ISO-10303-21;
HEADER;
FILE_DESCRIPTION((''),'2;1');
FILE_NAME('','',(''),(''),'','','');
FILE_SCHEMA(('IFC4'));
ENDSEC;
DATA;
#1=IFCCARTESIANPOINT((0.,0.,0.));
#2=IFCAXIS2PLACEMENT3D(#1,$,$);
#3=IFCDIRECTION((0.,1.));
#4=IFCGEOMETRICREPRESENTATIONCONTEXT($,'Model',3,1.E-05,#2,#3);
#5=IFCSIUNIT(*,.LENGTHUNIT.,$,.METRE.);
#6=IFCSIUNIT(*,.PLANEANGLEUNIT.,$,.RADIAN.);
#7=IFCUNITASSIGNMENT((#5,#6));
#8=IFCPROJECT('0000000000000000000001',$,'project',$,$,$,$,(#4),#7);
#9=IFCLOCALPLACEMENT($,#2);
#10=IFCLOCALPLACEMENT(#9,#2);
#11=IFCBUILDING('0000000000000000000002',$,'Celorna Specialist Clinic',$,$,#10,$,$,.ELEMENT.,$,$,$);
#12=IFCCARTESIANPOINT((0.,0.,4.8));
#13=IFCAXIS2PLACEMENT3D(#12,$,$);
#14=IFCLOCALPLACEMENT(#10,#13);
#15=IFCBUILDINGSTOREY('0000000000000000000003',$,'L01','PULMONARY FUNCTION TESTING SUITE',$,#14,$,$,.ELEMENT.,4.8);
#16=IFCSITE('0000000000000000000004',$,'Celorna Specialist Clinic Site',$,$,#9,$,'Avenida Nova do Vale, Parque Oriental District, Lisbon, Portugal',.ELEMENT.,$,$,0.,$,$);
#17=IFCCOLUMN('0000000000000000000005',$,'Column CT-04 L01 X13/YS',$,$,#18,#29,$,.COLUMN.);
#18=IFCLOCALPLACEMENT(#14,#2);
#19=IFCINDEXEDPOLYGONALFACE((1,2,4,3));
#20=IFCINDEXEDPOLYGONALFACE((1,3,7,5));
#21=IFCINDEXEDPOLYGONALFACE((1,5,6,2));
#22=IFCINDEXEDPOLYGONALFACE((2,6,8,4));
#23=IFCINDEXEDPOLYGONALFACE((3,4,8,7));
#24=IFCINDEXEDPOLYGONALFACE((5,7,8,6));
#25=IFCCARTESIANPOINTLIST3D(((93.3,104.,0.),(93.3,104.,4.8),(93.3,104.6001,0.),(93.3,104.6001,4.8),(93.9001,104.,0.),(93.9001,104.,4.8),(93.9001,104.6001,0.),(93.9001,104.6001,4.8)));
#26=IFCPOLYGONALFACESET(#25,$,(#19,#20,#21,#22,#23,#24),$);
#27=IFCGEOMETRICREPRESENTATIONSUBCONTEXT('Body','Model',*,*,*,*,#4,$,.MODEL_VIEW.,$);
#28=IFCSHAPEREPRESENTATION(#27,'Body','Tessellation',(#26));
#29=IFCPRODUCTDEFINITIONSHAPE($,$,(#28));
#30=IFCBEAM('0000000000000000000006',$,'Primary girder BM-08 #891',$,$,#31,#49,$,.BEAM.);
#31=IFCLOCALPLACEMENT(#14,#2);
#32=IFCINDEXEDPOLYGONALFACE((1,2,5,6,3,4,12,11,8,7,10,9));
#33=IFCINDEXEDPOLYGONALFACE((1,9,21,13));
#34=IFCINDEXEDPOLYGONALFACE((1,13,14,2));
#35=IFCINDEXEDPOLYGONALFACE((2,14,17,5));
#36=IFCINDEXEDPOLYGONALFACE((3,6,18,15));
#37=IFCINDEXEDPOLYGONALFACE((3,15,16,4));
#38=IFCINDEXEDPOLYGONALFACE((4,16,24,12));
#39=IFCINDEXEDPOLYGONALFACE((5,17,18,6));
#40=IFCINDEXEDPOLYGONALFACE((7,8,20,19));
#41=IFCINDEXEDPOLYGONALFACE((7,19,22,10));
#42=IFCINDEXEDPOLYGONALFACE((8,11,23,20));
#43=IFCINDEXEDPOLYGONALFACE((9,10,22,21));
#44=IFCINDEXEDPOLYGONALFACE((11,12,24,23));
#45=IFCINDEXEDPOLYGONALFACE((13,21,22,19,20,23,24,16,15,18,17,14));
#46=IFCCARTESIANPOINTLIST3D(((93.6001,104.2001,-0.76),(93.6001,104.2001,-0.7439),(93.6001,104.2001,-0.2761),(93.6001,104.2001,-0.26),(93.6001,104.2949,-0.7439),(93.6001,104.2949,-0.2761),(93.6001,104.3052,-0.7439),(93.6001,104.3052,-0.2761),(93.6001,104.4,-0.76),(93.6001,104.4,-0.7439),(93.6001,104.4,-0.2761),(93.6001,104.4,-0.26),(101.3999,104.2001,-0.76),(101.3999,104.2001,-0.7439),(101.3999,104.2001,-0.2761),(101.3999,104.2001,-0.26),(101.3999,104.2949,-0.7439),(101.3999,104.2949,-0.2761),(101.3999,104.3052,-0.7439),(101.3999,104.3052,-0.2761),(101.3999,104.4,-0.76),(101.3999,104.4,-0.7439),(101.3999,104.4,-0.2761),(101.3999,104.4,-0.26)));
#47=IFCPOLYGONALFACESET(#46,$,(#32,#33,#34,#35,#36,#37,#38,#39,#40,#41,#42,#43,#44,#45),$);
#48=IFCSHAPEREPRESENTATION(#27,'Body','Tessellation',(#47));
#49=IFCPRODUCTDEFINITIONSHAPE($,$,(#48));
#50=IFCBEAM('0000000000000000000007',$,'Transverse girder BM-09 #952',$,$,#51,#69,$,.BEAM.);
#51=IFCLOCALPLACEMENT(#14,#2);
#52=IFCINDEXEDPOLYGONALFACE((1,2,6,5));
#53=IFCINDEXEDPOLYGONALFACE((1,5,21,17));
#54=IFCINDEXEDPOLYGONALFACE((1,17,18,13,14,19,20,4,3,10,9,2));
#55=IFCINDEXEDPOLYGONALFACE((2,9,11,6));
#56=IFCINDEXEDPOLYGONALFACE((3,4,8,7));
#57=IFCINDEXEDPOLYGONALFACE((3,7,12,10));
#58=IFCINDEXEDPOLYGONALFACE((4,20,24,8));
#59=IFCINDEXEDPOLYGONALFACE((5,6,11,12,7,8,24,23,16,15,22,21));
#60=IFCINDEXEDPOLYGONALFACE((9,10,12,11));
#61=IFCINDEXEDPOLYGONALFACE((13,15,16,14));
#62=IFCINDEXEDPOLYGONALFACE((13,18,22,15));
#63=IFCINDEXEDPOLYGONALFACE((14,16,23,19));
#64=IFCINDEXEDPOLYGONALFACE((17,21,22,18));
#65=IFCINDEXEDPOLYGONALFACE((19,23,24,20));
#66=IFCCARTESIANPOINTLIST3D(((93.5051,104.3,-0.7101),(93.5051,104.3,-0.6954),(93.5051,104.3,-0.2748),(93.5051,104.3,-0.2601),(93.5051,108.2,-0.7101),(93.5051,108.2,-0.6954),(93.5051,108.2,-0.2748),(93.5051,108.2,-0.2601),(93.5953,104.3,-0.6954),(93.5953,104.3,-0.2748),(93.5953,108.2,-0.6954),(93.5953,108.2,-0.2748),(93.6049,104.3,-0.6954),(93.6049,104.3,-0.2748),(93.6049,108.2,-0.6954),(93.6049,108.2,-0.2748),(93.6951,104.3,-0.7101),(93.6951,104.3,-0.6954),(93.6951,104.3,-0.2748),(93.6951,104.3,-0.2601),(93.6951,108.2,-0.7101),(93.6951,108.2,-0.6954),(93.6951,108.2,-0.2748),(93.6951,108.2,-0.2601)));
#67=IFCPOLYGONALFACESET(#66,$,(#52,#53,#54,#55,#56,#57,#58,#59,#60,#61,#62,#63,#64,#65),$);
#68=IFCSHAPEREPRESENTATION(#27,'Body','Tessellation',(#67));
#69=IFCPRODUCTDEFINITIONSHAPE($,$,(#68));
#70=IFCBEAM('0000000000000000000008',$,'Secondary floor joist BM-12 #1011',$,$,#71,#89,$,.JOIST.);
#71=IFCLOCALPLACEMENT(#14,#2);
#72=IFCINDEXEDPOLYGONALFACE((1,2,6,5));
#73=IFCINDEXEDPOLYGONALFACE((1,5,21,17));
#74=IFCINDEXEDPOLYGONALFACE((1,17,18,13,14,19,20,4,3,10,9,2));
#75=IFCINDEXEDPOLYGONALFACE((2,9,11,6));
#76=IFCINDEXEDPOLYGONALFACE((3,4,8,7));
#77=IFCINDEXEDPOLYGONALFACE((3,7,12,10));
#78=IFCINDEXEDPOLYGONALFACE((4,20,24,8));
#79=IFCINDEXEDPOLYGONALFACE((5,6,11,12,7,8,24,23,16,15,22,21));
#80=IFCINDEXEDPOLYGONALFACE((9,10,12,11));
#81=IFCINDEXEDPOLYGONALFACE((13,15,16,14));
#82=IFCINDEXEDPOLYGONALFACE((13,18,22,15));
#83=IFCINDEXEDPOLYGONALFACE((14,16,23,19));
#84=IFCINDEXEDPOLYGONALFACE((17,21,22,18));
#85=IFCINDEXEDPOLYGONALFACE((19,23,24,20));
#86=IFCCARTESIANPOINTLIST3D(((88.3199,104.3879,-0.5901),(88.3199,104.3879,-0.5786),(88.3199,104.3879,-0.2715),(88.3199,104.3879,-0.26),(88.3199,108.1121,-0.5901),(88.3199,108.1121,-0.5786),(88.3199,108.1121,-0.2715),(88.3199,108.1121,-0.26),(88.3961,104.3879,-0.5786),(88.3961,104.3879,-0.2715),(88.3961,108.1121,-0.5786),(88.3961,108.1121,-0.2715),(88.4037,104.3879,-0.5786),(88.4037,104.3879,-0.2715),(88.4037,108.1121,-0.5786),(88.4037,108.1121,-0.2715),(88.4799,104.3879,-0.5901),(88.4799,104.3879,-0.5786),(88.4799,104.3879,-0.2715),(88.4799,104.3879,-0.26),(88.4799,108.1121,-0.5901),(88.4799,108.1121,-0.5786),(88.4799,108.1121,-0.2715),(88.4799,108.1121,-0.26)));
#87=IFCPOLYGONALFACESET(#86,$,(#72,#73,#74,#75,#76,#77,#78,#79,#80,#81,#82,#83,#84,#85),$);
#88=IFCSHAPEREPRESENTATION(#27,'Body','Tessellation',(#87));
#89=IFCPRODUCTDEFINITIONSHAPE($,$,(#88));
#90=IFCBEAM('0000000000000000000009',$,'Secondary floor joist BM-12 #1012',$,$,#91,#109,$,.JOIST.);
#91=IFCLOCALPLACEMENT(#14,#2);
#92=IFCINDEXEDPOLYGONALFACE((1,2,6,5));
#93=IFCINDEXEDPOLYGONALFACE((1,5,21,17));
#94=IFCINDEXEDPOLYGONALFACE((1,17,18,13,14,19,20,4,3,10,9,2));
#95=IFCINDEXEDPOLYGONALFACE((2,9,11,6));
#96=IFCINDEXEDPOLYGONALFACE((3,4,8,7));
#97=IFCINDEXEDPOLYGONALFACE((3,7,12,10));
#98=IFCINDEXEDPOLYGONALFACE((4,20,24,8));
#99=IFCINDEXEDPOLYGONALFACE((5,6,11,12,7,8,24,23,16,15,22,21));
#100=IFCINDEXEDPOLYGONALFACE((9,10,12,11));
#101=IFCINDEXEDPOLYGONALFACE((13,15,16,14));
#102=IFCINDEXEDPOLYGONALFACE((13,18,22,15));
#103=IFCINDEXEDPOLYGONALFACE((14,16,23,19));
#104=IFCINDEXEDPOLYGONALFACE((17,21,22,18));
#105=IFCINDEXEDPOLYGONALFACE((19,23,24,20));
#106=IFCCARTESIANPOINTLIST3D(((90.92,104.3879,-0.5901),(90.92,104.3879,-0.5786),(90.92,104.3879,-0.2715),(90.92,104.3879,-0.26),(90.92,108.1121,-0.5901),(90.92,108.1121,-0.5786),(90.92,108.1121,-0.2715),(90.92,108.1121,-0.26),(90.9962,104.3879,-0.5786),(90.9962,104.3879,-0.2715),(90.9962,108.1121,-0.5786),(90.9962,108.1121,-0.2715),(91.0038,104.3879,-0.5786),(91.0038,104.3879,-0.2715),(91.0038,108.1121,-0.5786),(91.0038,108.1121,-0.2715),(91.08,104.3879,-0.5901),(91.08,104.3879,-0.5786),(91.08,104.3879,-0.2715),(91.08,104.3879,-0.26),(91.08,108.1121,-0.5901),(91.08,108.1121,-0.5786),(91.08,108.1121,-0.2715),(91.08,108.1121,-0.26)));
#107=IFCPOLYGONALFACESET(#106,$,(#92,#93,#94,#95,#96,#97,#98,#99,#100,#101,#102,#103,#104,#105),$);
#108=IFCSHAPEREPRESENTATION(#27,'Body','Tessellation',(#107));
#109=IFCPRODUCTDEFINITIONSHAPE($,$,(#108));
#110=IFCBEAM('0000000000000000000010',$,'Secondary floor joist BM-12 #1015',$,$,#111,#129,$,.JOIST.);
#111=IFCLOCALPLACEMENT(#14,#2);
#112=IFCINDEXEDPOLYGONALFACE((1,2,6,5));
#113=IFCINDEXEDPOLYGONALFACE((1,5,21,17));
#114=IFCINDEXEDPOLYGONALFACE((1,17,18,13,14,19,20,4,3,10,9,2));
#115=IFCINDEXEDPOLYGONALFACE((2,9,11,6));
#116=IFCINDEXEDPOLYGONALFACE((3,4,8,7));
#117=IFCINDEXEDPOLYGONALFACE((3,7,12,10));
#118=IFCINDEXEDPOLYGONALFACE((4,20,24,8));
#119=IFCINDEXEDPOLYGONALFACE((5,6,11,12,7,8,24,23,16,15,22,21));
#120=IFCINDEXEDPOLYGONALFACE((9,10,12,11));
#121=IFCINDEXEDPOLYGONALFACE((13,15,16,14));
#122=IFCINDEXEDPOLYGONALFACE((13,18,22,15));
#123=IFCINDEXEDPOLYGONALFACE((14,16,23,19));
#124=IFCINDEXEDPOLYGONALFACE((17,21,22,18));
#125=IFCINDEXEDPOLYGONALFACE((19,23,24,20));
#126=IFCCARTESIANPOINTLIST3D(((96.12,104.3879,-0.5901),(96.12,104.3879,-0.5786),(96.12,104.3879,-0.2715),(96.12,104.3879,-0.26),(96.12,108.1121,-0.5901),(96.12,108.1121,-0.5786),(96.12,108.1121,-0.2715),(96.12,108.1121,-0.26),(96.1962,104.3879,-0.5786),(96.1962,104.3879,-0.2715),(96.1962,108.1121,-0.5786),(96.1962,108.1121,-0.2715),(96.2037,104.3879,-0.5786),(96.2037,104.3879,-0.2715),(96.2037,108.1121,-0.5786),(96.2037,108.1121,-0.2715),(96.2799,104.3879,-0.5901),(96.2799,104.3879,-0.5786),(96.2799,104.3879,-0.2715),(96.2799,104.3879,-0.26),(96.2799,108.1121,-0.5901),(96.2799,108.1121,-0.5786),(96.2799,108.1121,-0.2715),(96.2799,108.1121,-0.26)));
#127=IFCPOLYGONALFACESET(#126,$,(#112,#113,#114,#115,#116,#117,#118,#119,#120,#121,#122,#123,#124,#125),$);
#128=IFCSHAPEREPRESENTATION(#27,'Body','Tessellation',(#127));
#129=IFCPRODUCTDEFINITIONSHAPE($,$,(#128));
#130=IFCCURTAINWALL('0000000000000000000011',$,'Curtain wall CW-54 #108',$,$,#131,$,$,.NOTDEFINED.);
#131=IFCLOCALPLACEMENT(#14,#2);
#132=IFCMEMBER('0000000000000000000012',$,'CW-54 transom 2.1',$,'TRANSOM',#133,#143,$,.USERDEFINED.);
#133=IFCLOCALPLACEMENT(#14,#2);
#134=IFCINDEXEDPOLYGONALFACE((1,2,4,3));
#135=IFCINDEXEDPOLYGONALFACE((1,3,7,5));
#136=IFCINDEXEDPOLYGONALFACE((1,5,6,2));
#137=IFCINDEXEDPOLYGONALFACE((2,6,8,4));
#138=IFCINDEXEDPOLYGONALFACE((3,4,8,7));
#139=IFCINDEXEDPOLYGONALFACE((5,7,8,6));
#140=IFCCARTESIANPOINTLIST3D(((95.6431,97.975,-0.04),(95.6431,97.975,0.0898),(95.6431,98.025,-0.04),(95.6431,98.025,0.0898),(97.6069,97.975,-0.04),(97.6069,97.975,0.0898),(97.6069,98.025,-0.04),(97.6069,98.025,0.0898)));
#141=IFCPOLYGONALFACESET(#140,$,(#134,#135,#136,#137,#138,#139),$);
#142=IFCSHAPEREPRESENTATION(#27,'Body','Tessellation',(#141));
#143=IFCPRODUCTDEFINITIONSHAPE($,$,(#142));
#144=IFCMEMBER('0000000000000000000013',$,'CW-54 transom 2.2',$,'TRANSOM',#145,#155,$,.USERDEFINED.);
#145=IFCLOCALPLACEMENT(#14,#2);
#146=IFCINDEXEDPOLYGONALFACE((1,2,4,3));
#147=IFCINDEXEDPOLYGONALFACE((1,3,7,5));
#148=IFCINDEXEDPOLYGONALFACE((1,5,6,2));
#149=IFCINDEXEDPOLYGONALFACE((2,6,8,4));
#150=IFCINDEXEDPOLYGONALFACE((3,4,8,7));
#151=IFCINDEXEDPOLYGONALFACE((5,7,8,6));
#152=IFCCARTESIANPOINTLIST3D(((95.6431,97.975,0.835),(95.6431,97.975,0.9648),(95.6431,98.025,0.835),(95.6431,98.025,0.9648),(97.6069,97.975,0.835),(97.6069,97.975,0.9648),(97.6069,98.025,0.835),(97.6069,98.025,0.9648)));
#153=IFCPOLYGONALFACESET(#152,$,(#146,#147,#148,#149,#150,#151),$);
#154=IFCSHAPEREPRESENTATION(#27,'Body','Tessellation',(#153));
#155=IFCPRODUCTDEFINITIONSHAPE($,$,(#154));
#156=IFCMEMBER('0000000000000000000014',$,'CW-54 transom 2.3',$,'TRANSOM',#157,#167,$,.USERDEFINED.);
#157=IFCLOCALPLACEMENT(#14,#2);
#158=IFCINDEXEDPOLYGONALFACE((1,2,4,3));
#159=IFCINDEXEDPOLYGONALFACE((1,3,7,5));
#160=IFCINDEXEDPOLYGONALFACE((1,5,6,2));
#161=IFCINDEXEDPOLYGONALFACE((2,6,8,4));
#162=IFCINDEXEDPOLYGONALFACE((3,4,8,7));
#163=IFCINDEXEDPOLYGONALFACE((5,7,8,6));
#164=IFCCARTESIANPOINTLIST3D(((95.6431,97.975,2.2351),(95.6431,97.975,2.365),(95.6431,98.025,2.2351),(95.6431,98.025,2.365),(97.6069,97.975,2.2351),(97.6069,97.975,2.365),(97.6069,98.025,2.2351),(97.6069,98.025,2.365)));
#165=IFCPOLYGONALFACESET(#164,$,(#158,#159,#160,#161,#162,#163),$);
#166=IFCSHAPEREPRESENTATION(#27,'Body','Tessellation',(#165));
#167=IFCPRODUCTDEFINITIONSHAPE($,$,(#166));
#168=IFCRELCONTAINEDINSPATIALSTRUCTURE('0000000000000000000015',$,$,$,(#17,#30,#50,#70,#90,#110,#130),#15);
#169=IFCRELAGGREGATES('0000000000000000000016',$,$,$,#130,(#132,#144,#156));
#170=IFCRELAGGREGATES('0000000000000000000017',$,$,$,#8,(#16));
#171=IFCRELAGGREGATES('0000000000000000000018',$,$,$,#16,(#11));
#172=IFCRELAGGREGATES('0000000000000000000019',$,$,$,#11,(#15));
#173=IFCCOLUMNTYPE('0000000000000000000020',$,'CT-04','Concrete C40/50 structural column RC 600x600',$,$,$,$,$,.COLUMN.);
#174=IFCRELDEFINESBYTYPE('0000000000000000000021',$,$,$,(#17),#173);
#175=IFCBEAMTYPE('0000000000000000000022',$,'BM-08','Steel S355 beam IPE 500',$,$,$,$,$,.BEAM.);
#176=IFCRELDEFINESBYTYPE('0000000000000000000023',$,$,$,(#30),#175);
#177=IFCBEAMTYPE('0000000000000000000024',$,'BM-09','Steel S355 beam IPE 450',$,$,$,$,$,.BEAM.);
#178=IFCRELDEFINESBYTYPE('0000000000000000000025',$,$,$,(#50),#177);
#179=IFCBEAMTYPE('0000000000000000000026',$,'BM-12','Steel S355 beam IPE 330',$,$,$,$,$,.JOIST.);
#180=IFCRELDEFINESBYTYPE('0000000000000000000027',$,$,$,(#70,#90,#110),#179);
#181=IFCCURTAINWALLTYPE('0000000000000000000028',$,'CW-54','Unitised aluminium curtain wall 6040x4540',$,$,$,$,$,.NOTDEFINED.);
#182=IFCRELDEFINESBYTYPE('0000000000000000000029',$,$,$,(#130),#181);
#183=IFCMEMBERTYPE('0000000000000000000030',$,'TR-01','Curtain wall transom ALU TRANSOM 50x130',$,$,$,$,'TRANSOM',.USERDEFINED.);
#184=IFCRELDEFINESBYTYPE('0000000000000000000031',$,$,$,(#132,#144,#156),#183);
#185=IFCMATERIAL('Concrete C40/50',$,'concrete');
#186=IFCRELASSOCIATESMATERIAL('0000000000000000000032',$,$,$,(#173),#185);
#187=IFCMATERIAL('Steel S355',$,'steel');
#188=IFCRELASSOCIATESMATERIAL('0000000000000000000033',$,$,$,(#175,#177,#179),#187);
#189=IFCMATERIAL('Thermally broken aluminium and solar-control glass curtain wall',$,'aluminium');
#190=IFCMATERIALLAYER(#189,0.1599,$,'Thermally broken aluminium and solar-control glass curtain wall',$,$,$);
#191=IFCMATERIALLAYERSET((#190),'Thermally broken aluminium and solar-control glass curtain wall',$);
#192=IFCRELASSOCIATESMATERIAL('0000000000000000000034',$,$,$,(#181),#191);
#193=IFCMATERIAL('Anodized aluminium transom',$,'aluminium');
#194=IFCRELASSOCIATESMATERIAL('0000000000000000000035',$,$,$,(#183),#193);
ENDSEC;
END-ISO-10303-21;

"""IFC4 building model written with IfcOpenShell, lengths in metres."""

from ifc_helpers import new_model, si_unit, direction, frame, origin, origin_2d, place, context, subcontext, project, spatial, rectangle, i_section, extrude, material, layer, layer_set, material_profile, profile_set, type_object, element, aggregate, save


model = new_model("IFC4")

# Units and contexts
model_context = context("Model", 3, precision=1e-05, world=origin(), true_north=direction((0.0, 1.0)))
body_context = subcontext(model_context, "Body", "Model", "MODEL_VIEW")
ifc_project = project(units=[si_unit("LENGTHUNIT", "METRE"), si_unit("PLANEANGLEUNIT", "RADIAN")], contexts=[model_context])

# Site, building, storey
site_placement = place(None, origin())
site = spatial("IfcSite", under=ifc_project, at=site_placement, Name="Celorna Specialist Clinic Site", LongName="Avenida Nova do Vale, Parque Oriental District, Lisbon, Portugal", CompositionType="ELEMENT", RefElevation=0.0)
building_placement = place(site_placement, origin())
building = spatial("IfcBuilding", under=site, at=building_placement, Name="Celorna Specialist Clinic", CompositionType="ELEMENT")
storey_placement = place(building_placement, frame((0.0, 0.0, 4.8)))
storey = spatial("IfcBuildingStorey", under=building, at=storey_placement, Name="L01", Description="PULMONARY FUNCTION TESTING SUITE", CompositionType="ELEMENT", Elevation=4.8)

# Column
ifc_material_1 = material(Name="Concrete C40/50", Category="concrete")
ifc_material_profile_1 = material_profile(ifc_material_1, rectangle(XDim=0.6001, YDim=0.6001, at=origin_2d()), Name="RC 600x600")
ifc_profile_set_1 = profile_set([ifc_material_profile_1], Name="Concrete C40/50")
column_type = type_object("IfcColumnType", Name="CT-04", Description="Concrete C40/50 structural column RC 600x600", PredefinedType="COLUMN", material=ifc_profile_set_1)
column_placement = place(storey_placement, frame((93.6001, 104.3, 0.0), z_axis=(0.0, 0.0, 1.0), x_axis=(1.0, 0.0, 0.0)))
element("IfcColumn", 1, at=column_placement, inside=storey, type_object=column_type, Name="Column CT-04 L01 X13/YS", PredefinedType="COLUMN", context=body_context, shape_type="SweptSolid", body=[
    extrude(rectangle(XDim=0.6001, YDim=0.6001, at=origin_2d()), origin(), (0.0, 0.0, 1.0), 4.8),
])

# Beams
ifc_material_2 = material(Name="Steel S355", Category="steel")
ifc_material_profile_2 = material_profile(ifc_material_2, i_section(OverallWidth=0.2, OverallDepth=0.5, WebThickness=0.0103, FlangeThickness=0.0161, at=origin_2d()), Name="IPE 500")
ifc_profile_set_2 = profile_set([ifc_material_profile_2], Name="Steel S355")
beam_type_1 = type_object("IfcBeamType", Name="BM-08", Description="Steel S355 beam IPE 500", PredefinedType="BEAM", material=ifc_profile_set_2)
beam_1_placement = place(storey_placement, frame((93.6001, 104.3, -0.51), z_axis=(1.0, 0.0, 0.0), x_axis=(0.0, 1.0, 0.0)))
element("IfcBeam", 2, at=beam_1_placement, inside=storey, type_object=beam_type_1, Name="Primary girder BM-08 #891", PredefinedType="BEAM", context=body_context, shape_type="SweptSolid", body=[
    extrude(i_section(OverallWidth=0.2, OverallDepth=0.5, WebThickness=0.0103, FlangeThickness=0.0161, at=origin_2d()), origin(), (0.0, 0.0, 1.0), 7.7998),
])
ifc_material_profile_3 = material_profile(ifc_material_2, i_section(OverallWidth=0.1899, OverallDepth=0.45, WebThickness=0.0095, FlangeThickness=0.0146, at=origin_2d()), Name="IPE 450")
ifc_profile_set_3 = profile_set([ifc_material_profile_3], Name="Steel S355")
beam_type_2 = type_object("IfcBeamType", Name="BM-09", Description="Steel S355 beam IPE 450", PredefinedType="BEAM", material=ifc_profile_set_3)
beam_2_placement = place(storey_placement, frame((93.6001, 104.3, -0.4851), z_axis=(0.0, 1.0, 0.0), x_axis=(-1.0, 0.0, 0.0)))
element("IfcBeam", 3, at=beam_2_placement, inside=storey, type_object=beam_type_2, Name="Transverse girder BM-09 #952", PredefinedType="BEAM", context=body_context, shape_type="SweptSolid", body=[
    extrude(i_section(OverallWidth=0.1899, OverallDepth=0.45, WebThickness=0.0095, FlangeThickness=0.0146, at=origin_2d()), origin(), (0.0, 0.0, 1.0), 3.8999),
])
ifc_material_profile_4 = material_profile(ifc_material_2, i_section(OverallWidth=0.1599, OverallDepth=0.3301, WebThickness=0.0076, FlangeThickness=0.0115, at=origin_2d()), Name="IPE 330")
ifc_profile_set_4 = profile_set([ifc_material_profile_4], Name="Steel S355")
beam_type_3 = type_object("IfcBeamType", Name="BM-12", Description="Steel S355 beam IPE 330", PredefinedType="JOIST", material=ifc_profile_set_4)
for number, where, z_axis, x_axis, name in (
    (4, (88.3999, 104.3879, -0.425), (0.0, 1.0, 0.0), (-1.0, 0.0, 0.0), "Secondary floor joist BM-12 #1011"),
    (5, (91.0, 104.3879, -0.425), (0.0, 1.0, 0.0), (-1.0, 0.0, 0.0), "Secondary floor joist BM-12 #1012"),
    (6, (96.2, 104.3879, -0.425), (0.0, 1.0, 0.0), (-1.0, 0.0, 0.0), "Secondary floor joist BM-12 #1015"),
):
    element("IfcBeam", number, at=place(storey_placement, frame(where, z_axis=z_axis, x_axis=x_axis)), inside=storey, type_object=beam_type_3, Name=name, PredefinedType="JOIST", context=body_context, shape_type="SweptSolid", body=[
        extrude(i_section(OverallWidth=0.1599, OverallDepth=0.3301, WebThickness=0.0076, FlangeThickness=0.0115, at=origin_2d()), origin(), (0.0, 0.0, 1.0), 3.7241),
    ])

# Curtain wall, members
ifc_material_3 = material(Name="Thermally broken aluminium and solar-control glass curtain wall", Category="aluminium")
ifc_layer_1 = layer(ifc_material_3, 0.1599, Name="Thermally broken aluminium and solar-control glass curtain wall")
ifc_layer_set_1 = layer_set([ifc_layer_1], Name="Thermally broken aluminium and solar-control glass curtain wall")
curtain_wall_type = type_object("IfcCurtainWallType", Name="CW-54", Description="Unitised aluminium curtain wall 6040x4540", PredefinedType="NOTDEFINED", material=ifc_layer_set_1)
curtain_wall_placement = place(storey_placement, origin())
curtain_wall = element("IfcCurtainWall", 7, at=curtain_wall_placement, inside=storey, type_object=curtain_wall_type, Name="Curtain wall CW-54 #108", PredefinedType="NOTDEFINED")
ifc_material_4 = material(Name="Anodized aluminium transom", Category="aluminium")
ifc_material_profile_5 = material_profile(ifc_material_4, rectangle(XDim=0.05, YDim=0.1299, at=origin_2d()), Name="ALU TRANSOM 50x130")
ifc_profile_set_5 = profile_set([ifc_material_profile_5], Name="Anodized aluminium transom")
member_type = type_object("IfcMemberType", Name="TR-01", Description="Curtain wall transom ALU TRANSOM 50x130", ElementType="TRANSOM", PredefinedType="USERDEFINED", material=ifc_profile_set_5)
member_1_placement = place(storey_placement, frame((97.6069, 98.0, 0.0249), z_axis=(-1.0, 0.0, 0.0), x_axis=(0.0, -1.0, 0.0)))
member_1 = element("IfcMember", 8, at=member_1_placement, type_object=member_type, Name="CW-54 transom 2.1", ObjectType="TRANSOM", PredefinedType="USERDEFINED", context=body_context, shape_type="SweptSolid", body=[
    extrude(rectangle(XDim=0.05, YDim=0.1299, at=origin_2d()), origin(), (0.0, 0.0, 1.0), 1.9639),
])
member_2_placement = place(storey_placement, frame((97.6069, 98.0, 0.8999), z_axis=(-1.0, 0.0, 0.0), x_axis=(0.0, -1.0, 0.0)))
member_2 = element("IfcMember", 9, at=member_2_placement, type_object=member_type, Name="CW-54 transom 2.2", ObjectType="TRANSOM", PredefinedType="USERDEFINED", context=body_context, shape_type="SweptSolid", body=[
    extrude(rectangle(XDim=0.05, YDim=0.1299, at=origin_2d()), origin(), (0.0, 0.0, 1.0), 1.9639),
])
member_3_placement = place(storey_placement, frame((97.6069, 98.0, 2.3), z_axis=(-1.0, 0.0, 0.0), x_axis=(0.0, -1.0, 0.0)))
member_3 = element("IfcMember", 10, at=member_3_placement, type_object=member_type, Name="CW-54 transom 2.3", ObjectType="TRANSOM", PredefinedType="USERDEFINED", context=body_context, shape_type="SweptSolid", body=[
    extrude(rectangle(XDim=0.05, YDim=0.1299, at=origin_2d()), origin(), (0.0, 0.0, 1.0), 1.9639),
])
aggregate(curtain_wall, [member_1, member_2, member_3])

save(model, "model.ifc")
